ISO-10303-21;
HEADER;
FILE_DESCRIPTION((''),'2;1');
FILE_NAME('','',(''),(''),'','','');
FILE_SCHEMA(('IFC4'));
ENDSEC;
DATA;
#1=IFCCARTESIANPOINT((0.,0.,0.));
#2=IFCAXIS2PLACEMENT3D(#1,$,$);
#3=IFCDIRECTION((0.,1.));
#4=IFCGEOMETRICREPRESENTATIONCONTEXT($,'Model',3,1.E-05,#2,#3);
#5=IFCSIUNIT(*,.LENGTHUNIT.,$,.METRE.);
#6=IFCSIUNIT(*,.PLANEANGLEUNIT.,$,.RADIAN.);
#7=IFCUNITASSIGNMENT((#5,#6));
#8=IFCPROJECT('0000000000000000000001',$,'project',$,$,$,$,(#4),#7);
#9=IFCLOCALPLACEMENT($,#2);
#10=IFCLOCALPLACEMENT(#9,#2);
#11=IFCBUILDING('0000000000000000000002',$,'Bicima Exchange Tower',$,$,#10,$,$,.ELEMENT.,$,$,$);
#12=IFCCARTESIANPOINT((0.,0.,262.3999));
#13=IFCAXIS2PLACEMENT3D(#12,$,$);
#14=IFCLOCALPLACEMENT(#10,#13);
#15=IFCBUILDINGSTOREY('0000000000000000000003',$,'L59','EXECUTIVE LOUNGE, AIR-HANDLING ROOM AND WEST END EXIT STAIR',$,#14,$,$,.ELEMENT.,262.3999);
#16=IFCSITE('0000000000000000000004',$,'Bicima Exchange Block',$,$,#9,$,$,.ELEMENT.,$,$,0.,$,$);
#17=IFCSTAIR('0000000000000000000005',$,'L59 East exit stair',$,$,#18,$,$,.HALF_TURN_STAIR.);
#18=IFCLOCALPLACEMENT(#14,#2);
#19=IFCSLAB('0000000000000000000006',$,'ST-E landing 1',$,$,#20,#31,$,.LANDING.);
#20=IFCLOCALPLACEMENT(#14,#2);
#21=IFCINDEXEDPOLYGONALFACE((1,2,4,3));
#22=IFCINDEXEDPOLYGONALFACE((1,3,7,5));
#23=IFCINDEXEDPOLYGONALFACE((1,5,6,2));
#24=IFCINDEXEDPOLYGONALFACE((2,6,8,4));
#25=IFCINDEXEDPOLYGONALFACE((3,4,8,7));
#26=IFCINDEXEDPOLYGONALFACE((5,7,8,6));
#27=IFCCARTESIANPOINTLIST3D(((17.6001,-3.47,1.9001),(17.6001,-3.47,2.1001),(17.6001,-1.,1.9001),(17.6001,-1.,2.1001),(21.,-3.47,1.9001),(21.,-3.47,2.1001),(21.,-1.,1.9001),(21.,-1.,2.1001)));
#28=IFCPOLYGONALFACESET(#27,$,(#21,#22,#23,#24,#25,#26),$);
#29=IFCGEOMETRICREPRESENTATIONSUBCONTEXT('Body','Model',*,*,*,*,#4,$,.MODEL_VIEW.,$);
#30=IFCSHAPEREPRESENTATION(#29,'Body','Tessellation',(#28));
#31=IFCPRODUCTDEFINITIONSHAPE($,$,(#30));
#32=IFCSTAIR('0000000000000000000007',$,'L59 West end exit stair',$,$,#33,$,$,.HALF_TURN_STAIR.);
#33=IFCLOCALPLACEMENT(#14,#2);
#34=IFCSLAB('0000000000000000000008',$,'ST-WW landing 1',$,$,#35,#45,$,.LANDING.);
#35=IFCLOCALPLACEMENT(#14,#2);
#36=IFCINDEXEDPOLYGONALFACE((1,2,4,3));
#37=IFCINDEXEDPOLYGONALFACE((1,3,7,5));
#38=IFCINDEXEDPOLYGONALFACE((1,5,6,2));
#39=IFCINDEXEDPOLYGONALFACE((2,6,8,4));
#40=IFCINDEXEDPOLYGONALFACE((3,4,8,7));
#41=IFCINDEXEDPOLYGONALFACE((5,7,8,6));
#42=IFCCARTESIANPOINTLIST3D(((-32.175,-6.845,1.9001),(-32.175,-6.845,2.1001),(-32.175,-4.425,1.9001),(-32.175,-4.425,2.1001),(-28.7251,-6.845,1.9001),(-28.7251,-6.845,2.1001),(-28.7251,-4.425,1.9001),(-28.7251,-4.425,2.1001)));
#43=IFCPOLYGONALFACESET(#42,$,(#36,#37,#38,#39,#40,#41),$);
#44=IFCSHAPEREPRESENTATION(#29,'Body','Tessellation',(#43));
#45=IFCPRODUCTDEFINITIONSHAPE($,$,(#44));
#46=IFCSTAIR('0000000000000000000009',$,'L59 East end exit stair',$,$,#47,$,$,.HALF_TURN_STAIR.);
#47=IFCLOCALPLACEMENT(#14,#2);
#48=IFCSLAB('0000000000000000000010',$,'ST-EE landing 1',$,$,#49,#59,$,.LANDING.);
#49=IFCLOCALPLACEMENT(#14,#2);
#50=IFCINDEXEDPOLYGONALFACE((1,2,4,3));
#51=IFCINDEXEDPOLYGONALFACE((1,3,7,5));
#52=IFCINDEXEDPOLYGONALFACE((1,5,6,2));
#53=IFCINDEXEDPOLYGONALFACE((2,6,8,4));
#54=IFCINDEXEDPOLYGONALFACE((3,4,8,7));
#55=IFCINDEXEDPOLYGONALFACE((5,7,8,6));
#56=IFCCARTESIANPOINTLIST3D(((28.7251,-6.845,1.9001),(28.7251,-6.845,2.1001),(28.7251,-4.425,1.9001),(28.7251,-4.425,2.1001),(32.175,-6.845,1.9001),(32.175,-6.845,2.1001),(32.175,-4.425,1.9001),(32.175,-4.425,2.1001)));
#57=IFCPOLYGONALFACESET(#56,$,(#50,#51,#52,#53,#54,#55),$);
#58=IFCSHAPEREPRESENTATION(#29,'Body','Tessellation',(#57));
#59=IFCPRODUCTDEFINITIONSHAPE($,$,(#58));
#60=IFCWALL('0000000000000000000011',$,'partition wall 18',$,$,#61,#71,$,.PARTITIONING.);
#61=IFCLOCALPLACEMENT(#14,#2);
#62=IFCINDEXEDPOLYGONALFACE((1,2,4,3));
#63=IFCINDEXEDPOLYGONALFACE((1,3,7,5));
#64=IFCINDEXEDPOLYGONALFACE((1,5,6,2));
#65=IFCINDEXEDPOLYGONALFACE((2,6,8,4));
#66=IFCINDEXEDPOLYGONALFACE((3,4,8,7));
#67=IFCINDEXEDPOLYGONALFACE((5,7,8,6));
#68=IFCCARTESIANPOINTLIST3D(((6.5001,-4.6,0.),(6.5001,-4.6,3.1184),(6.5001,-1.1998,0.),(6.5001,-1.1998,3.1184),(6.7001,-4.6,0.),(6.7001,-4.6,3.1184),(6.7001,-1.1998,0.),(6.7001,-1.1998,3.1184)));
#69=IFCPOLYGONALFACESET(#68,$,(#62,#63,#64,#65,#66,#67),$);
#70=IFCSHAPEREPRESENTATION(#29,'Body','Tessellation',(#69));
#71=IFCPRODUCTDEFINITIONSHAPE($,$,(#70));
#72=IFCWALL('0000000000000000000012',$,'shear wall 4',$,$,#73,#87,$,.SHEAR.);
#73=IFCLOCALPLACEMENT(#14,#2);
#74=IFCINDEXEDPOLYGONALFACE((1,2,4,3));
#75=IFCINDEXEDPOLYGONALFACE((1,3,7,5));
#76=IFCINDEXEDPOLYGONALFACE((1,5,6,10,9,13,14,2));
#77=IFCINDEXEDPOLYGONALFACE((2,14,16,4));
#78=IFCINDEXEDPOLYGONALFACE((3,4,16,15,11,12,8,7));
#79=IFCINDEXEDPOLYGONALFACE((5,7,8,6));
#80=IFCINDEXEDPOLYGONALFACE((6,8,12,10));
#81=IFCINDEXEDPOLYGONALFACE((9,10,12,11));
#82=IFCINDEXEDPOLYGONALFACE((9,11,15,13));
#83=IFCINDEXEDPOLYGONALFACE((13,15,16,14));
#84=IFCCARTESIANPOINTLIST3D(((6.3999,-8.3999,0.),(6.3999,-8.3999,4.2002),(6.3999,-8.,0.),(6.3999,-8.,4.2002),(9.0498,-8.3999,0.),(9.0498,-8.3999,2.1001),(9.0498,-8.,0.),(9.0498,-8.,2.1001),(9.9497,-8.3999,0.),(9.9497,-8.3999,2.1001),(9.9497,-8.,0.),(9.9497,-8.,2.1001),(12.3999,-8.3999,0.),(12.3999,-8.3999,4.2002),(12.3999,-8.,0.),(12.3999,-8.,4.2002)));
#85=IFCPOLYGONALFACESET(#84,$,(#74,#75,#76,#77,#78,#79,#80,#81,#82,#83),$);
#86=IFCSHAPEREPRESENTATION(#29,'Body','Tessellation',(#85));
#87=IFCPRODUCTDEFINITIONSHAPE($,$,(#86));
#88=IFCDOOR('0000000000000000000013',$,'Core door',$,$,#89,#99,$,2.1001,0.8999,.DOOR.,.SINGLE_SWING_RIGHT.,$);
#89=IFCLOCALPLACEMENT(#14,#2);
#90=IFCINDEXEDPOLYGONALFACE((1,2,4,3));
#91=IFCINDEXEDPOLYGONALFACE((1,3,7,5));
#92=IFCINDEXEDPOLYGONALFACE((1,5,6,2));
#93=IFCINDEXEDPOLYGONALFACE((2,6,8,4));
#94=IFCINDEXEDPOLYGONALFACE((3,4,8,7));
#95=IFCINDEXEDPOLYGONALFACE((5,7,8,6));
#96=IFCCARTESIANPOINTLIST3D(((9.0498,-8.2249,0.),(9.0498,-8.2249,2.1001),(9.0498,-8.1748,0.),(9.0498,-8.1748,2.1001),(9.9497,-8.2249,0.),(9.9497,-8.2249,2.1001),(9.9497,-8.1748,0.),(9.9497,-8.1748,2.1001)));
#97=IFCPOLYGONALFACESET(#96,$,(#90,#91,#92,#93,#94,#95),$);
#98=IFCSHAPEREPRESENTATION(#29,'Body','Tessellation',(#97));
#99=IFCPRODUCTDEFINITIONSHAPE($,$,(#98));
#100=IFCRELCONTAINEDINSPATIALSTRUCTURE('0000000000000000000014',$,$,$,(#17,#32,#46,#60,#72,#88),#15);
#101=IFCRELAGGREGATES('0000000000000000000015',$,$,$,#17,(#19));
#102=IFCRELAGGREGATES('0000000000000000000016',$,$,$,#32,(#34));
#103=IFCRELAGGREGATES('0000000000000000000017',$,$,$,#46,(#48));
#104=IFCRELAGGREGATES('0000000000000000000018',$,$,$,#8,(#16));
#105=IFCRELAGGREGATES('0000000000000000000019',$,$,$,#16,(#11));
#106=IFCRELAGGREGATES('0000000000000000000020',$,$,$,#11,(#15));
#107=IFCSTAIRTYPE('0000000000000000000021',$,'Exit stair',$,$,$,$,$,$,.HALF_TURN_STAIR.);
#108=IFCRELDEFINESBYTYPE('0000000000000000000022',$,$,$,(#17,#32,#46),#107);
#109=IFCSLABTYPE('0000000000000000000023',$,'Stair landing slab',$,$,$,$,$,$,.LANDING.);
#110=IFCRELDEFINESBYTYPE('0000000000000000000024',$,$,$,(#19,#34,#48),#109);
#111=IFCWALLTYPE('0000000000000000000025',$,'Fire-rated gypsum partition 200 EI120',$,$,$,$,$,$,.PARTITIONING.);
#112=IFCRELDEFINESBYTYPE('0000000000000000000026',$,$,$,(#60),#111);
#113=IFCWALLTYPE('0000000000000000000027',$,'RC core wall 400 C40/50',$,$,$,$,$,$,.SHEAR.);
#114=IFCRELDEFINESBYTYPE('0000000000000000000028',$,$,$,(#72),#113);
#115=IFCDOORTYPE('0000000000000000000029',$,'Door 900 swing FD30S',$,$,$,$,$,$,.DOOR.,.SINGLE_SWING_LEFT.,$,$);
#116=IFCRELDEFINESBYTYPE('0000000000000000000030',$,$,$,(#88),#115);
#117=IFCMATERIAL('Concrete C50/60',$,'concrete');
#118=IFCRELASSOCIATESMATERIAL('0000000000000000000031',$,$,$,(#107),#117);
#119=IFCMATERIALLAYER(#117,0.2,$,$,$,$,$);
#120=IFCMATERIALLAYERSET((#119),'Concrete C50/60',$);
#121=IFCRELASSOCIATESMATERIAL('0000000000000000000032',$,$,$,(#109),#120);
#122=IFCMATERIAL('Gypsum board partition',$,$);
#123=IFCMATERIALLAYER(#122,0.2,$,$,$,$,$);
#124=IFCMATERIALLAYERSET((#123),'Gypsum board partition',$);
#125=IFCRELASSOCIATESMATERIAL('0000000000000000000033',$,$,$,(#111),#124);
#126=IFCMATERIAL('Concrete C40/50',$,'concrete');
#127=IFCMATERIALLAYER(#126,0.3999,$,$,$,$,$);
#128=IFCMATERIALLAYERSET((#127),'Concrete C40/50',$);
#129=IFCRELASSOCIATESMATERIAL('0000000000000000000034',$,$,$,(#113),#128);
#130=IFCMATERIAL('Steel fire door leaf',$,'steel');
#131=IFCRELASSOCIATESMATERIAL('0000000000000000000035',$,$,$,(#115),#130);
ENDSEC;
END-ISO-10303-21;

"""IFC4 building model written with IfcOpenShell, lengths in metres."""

from ifc_helpers import new_model, si_unit, direction, frame, frame_2d, origin, place, context, subcontext, project, spatial, polyline, rectangle, outline, extrude, material, layer, layer_set, type_object, element, fill, aggregate, save


model = new_model("IFC4")

# Units and contexts
model_context = context("Model", 3, precision=1e-05, world=origin(), true_north=direction((0.0, 1.0)))
body_context = subcontext(model_context, "Body", "Model", "MODEL_VIEW")
ifc_project = project(units=[si_unit("LENGTHUNIT", "METRE"), si_unit("PLANEANGLEUNIT", "RADIAN")], contexts=[model_context])

# Site, building, storey
site_placement = place(None, origin())
site = spatial("IfcSite", under=ifc_project, at=site_placement, Name="Bicima Exchange Block", CompositionType="ELEMENT", RefElevation=0.0)
building_placement = place(site_placement, origin())
building = spatial("IfcBuilding", under=site, at=building_placement, Name="Bicima Exchange Tower", CompositionType="ELEMENT")
storey_placement = place(building_placement, frame((0.0, 0.0, 262.3999)))
storey = spatial("IfcBuildingStorey", under=building, at=storey_placement, Name="L59", Description="EXECUTIVE LOUNGE, AIR-HANDLING ROOM AND WEST END EXIT STAIR", CompositionType="ELEMENT", Elevation=262.3999)

# Stairs, slabs
ifc_material_1 = material(Name="Concrete C50/60", Category="concrete")
stair_type_1 = type_object("IfcStairType", Name="Exit stair", PredefinedType="HALF_TURN_STAIR", material=ifc_material_1)
stair_1_placement = place(storey_placement, origin())
stair_1 = element("IfcStair", 1, at=stair_1_placement, inside=storey, type_object=stair_type_1, Name="L59 East exit stair", PredefinedType="HALF_TURN_STAIR")
ifc_layer_1 = layer(ifc_material_1, 0.2)
ifc_layer_set_1 = layer_set([ifc_layer_1], Name="Concrete C50/60")
slab_type = type_object("IfcSlabType", Name="Stair landing slab", PredefinedType="LANDING", material=ifc_layer_set_1)
slab_1_placement = place(storey_placement, frame((0.0, 0.0, 1.9001)))
slab_1 = element("IfcSlab", 2, at=slab_1_placement, type_object=slab_type, Name="ST-E landing 1", PredefinedType="LANDING", context=body_context, shape_type="SweptSolid", body=[
    extrude(outline(polyline([(21.0, -3.47), (21.0, -1.0), (17.6001, -1.0), (17.6001, -3.47), (21.0, -3.47)])), origin(), (0.0, 0.0, 1.0), 0.2),
])
aggregate(stair_1, [slab_1])
stair_2_placement = place(storey_placement, origin())
stair_2 = element("IfcStair", 3, at=stair_2_placement, inside=storey, type_object=stair_type_1, Name="L59 West end exit stair", PredefinedType="HALF_TURN_STAIR")
slab_2_placement = place(storey_placement, frame((0.0, 0.0, 1.9001)))
slab_2 = element("IfcSlab", 4, at=slab_2_placement, type_object=slab_type, Name="ST-WW landing 1", PredefinedType="LANDING", context=body_context, shape_type="SweptSolid", body=[
    extrude(outline(polyline([(-28.7251, -6.845), (-28.7251, -4.425), (-32.175, -4.425), (-32.175, -6.845), (-28.7251, -6.845)])), origin(), (0.0, 0.0, 1.0), 0.2),
])
aggregate(stair_2, [slab_2])
stair_3_placement = place(storey_placement, origin())
stair_3 = element("IfcStair", 5, at=stair_3_placement, inside=storey, type_object=stair_type_1, Name="L59 East end exit stair", PredefinedType="HALF_TURN_STAIR")
slab_3_placement = place(storey_placement, frame((0.0, 0.0, 1.9001)))
slab_3 = element("IfcSlab", 6, at=slab_3_placement, type_object=slab_type, Name="ST-EE landing 1", PredefinedType="LANDING", context=body_context, shape_type="SweptSolid", body=[
    extrude(outline(polyline([(32.175, -6.845), (32.175, -4.425), (28.7251, -4.425), (28.7251, -6.845), (32.175, -6.845)])), origin(), (0.0, 0.0, 1.0), 0.2),
])
aggregate(stair_3, [slab_3])

# Wall
ifc_material_2 = material(Name="Gypsum board partition")
ifc_layer_2 = layer(ifc_material_2, 0.2)
ifc_layer_set_2 = layer_set([ifc_layer_2], Name="Gypsum board partition")
wall_type_1 = type_object("IfcWallType", Name="Fire-rated gypsum partition 200 EI120", PredefinedType="PARTITIONING", material=ifc_layer_set_2)
wall_1_placement = place(storey_placement, frame((6.6001, -4.6001, 0.0), z_axis=(0.0, 0.0, 1.0), x_axis=(0.0, 1.0, 0.0)))
element("IfcWall", 7, at=wall_1_placement, inside=storey, type_object=wall_type_1, Name="partition wall 18", PredefinedType="PARTITIONING", context=body_context, shape_type="SweptSolid", body=[
    extrude(rectangle(XDim=3.4001, YDim=0.2, at=frame_2d((1.7002, 0.0))), origin(), (0.0, 0.0, 1.0), 3.1184),
])

# Wall, opening, door
ifc_material_3 = material(Name="Concrete C40/50", Category="concrete")
ifc_layer_3 = layer(ifc_material_3, 0.3999)
ifc_layer_set_3 = layer_set([ifc_layer_3], Name="Concrete C40/50")
wall_type_2 = type_object("IfcWallType", Name="RC core wall 400 C40/50", PredefinedType="SHEAR", material=ifc_layer_set_3)
wall_2_placement = place(storey_placement, frame((6.3999, -8.2, 0.0), z_axis=(0.0, 0.0, 1.0), x_axis=(1.0, 0.0, 0.0)))
wall_2 = element("IfcWall", 8, at=wall_2_placement, inside=storey, type_object=wall_type_2, Name="shear wall 4", PredefinedType="SHEAR", context=body_context, shape_type="SweptSolid", body=[
    extrude(rectangle(XDim=6.0, YDim=0.3999, at=frame_2d((3.0, 0.0))), origin(), (0.0, 0.0, 1.0), 4.2002),
])
opening_1_placement = place(wall_2_placement, frame((2.6499, 0.0, 0.0)))
opening_1 = element("IfcOpeningElement", 9, at=opening_1_placement, cuts=wall_2, PredefinedType="OPENING", context=body_context, shape_type="SweptSolid", body=[
    extrude(rectangle(XDim=0.8999, YDim=2.1001, at=frame_2d((0.45, 1.05))), frame((0.0, 0.2119, 0.0), z_axis=(0.0, -1.0, 0.0), x_axis=(1.0, 0.0, 0.0)), (0.0, 0.0, 1.0), 0.4238),
])
ifc_material_4 = material(Name="Steel fire door leaf", Category="steel")
door_type_1 = type_object("IfcDoorType", Name="Door 900 swing FD30S", OperationType="SINGLE_SWING_LEFT", PredefinedType="DOOR", material=ifc_material_4)
door_1_placement = place(opening_1_placement, frame((0.8999, 0.0, 0.0), z_axis=(0.0, 0.0, 1.0), x_axis=(-1.0, 0.0, 0.0)))
door_1 = element("IfcDoor", 10, at=door_1_placement, inside=storey, type_object=door_type_1, Name="Core door", OperationType="SINGLE_SWING_RIGHT", OverallHeight=2.1001, OverallWidth=0.8999, PredefinedType="DOOR", context=body_context, shape_type="SweptSolid", body=[
    extrude(rectangle(XDim=0.8999, YDim=2.1001, at=frame_2d((0.45, 1.05))), frame((0.0, 0.0249, 0.0), z_axis=(0.0, -1.0, 0.0), x_axis=(1.0, 0.0, 0.0)), (0.0, 0.0, 1.0), 0.05),
])
fill(opening_1, door_1)

save(model, "model.ifc")
